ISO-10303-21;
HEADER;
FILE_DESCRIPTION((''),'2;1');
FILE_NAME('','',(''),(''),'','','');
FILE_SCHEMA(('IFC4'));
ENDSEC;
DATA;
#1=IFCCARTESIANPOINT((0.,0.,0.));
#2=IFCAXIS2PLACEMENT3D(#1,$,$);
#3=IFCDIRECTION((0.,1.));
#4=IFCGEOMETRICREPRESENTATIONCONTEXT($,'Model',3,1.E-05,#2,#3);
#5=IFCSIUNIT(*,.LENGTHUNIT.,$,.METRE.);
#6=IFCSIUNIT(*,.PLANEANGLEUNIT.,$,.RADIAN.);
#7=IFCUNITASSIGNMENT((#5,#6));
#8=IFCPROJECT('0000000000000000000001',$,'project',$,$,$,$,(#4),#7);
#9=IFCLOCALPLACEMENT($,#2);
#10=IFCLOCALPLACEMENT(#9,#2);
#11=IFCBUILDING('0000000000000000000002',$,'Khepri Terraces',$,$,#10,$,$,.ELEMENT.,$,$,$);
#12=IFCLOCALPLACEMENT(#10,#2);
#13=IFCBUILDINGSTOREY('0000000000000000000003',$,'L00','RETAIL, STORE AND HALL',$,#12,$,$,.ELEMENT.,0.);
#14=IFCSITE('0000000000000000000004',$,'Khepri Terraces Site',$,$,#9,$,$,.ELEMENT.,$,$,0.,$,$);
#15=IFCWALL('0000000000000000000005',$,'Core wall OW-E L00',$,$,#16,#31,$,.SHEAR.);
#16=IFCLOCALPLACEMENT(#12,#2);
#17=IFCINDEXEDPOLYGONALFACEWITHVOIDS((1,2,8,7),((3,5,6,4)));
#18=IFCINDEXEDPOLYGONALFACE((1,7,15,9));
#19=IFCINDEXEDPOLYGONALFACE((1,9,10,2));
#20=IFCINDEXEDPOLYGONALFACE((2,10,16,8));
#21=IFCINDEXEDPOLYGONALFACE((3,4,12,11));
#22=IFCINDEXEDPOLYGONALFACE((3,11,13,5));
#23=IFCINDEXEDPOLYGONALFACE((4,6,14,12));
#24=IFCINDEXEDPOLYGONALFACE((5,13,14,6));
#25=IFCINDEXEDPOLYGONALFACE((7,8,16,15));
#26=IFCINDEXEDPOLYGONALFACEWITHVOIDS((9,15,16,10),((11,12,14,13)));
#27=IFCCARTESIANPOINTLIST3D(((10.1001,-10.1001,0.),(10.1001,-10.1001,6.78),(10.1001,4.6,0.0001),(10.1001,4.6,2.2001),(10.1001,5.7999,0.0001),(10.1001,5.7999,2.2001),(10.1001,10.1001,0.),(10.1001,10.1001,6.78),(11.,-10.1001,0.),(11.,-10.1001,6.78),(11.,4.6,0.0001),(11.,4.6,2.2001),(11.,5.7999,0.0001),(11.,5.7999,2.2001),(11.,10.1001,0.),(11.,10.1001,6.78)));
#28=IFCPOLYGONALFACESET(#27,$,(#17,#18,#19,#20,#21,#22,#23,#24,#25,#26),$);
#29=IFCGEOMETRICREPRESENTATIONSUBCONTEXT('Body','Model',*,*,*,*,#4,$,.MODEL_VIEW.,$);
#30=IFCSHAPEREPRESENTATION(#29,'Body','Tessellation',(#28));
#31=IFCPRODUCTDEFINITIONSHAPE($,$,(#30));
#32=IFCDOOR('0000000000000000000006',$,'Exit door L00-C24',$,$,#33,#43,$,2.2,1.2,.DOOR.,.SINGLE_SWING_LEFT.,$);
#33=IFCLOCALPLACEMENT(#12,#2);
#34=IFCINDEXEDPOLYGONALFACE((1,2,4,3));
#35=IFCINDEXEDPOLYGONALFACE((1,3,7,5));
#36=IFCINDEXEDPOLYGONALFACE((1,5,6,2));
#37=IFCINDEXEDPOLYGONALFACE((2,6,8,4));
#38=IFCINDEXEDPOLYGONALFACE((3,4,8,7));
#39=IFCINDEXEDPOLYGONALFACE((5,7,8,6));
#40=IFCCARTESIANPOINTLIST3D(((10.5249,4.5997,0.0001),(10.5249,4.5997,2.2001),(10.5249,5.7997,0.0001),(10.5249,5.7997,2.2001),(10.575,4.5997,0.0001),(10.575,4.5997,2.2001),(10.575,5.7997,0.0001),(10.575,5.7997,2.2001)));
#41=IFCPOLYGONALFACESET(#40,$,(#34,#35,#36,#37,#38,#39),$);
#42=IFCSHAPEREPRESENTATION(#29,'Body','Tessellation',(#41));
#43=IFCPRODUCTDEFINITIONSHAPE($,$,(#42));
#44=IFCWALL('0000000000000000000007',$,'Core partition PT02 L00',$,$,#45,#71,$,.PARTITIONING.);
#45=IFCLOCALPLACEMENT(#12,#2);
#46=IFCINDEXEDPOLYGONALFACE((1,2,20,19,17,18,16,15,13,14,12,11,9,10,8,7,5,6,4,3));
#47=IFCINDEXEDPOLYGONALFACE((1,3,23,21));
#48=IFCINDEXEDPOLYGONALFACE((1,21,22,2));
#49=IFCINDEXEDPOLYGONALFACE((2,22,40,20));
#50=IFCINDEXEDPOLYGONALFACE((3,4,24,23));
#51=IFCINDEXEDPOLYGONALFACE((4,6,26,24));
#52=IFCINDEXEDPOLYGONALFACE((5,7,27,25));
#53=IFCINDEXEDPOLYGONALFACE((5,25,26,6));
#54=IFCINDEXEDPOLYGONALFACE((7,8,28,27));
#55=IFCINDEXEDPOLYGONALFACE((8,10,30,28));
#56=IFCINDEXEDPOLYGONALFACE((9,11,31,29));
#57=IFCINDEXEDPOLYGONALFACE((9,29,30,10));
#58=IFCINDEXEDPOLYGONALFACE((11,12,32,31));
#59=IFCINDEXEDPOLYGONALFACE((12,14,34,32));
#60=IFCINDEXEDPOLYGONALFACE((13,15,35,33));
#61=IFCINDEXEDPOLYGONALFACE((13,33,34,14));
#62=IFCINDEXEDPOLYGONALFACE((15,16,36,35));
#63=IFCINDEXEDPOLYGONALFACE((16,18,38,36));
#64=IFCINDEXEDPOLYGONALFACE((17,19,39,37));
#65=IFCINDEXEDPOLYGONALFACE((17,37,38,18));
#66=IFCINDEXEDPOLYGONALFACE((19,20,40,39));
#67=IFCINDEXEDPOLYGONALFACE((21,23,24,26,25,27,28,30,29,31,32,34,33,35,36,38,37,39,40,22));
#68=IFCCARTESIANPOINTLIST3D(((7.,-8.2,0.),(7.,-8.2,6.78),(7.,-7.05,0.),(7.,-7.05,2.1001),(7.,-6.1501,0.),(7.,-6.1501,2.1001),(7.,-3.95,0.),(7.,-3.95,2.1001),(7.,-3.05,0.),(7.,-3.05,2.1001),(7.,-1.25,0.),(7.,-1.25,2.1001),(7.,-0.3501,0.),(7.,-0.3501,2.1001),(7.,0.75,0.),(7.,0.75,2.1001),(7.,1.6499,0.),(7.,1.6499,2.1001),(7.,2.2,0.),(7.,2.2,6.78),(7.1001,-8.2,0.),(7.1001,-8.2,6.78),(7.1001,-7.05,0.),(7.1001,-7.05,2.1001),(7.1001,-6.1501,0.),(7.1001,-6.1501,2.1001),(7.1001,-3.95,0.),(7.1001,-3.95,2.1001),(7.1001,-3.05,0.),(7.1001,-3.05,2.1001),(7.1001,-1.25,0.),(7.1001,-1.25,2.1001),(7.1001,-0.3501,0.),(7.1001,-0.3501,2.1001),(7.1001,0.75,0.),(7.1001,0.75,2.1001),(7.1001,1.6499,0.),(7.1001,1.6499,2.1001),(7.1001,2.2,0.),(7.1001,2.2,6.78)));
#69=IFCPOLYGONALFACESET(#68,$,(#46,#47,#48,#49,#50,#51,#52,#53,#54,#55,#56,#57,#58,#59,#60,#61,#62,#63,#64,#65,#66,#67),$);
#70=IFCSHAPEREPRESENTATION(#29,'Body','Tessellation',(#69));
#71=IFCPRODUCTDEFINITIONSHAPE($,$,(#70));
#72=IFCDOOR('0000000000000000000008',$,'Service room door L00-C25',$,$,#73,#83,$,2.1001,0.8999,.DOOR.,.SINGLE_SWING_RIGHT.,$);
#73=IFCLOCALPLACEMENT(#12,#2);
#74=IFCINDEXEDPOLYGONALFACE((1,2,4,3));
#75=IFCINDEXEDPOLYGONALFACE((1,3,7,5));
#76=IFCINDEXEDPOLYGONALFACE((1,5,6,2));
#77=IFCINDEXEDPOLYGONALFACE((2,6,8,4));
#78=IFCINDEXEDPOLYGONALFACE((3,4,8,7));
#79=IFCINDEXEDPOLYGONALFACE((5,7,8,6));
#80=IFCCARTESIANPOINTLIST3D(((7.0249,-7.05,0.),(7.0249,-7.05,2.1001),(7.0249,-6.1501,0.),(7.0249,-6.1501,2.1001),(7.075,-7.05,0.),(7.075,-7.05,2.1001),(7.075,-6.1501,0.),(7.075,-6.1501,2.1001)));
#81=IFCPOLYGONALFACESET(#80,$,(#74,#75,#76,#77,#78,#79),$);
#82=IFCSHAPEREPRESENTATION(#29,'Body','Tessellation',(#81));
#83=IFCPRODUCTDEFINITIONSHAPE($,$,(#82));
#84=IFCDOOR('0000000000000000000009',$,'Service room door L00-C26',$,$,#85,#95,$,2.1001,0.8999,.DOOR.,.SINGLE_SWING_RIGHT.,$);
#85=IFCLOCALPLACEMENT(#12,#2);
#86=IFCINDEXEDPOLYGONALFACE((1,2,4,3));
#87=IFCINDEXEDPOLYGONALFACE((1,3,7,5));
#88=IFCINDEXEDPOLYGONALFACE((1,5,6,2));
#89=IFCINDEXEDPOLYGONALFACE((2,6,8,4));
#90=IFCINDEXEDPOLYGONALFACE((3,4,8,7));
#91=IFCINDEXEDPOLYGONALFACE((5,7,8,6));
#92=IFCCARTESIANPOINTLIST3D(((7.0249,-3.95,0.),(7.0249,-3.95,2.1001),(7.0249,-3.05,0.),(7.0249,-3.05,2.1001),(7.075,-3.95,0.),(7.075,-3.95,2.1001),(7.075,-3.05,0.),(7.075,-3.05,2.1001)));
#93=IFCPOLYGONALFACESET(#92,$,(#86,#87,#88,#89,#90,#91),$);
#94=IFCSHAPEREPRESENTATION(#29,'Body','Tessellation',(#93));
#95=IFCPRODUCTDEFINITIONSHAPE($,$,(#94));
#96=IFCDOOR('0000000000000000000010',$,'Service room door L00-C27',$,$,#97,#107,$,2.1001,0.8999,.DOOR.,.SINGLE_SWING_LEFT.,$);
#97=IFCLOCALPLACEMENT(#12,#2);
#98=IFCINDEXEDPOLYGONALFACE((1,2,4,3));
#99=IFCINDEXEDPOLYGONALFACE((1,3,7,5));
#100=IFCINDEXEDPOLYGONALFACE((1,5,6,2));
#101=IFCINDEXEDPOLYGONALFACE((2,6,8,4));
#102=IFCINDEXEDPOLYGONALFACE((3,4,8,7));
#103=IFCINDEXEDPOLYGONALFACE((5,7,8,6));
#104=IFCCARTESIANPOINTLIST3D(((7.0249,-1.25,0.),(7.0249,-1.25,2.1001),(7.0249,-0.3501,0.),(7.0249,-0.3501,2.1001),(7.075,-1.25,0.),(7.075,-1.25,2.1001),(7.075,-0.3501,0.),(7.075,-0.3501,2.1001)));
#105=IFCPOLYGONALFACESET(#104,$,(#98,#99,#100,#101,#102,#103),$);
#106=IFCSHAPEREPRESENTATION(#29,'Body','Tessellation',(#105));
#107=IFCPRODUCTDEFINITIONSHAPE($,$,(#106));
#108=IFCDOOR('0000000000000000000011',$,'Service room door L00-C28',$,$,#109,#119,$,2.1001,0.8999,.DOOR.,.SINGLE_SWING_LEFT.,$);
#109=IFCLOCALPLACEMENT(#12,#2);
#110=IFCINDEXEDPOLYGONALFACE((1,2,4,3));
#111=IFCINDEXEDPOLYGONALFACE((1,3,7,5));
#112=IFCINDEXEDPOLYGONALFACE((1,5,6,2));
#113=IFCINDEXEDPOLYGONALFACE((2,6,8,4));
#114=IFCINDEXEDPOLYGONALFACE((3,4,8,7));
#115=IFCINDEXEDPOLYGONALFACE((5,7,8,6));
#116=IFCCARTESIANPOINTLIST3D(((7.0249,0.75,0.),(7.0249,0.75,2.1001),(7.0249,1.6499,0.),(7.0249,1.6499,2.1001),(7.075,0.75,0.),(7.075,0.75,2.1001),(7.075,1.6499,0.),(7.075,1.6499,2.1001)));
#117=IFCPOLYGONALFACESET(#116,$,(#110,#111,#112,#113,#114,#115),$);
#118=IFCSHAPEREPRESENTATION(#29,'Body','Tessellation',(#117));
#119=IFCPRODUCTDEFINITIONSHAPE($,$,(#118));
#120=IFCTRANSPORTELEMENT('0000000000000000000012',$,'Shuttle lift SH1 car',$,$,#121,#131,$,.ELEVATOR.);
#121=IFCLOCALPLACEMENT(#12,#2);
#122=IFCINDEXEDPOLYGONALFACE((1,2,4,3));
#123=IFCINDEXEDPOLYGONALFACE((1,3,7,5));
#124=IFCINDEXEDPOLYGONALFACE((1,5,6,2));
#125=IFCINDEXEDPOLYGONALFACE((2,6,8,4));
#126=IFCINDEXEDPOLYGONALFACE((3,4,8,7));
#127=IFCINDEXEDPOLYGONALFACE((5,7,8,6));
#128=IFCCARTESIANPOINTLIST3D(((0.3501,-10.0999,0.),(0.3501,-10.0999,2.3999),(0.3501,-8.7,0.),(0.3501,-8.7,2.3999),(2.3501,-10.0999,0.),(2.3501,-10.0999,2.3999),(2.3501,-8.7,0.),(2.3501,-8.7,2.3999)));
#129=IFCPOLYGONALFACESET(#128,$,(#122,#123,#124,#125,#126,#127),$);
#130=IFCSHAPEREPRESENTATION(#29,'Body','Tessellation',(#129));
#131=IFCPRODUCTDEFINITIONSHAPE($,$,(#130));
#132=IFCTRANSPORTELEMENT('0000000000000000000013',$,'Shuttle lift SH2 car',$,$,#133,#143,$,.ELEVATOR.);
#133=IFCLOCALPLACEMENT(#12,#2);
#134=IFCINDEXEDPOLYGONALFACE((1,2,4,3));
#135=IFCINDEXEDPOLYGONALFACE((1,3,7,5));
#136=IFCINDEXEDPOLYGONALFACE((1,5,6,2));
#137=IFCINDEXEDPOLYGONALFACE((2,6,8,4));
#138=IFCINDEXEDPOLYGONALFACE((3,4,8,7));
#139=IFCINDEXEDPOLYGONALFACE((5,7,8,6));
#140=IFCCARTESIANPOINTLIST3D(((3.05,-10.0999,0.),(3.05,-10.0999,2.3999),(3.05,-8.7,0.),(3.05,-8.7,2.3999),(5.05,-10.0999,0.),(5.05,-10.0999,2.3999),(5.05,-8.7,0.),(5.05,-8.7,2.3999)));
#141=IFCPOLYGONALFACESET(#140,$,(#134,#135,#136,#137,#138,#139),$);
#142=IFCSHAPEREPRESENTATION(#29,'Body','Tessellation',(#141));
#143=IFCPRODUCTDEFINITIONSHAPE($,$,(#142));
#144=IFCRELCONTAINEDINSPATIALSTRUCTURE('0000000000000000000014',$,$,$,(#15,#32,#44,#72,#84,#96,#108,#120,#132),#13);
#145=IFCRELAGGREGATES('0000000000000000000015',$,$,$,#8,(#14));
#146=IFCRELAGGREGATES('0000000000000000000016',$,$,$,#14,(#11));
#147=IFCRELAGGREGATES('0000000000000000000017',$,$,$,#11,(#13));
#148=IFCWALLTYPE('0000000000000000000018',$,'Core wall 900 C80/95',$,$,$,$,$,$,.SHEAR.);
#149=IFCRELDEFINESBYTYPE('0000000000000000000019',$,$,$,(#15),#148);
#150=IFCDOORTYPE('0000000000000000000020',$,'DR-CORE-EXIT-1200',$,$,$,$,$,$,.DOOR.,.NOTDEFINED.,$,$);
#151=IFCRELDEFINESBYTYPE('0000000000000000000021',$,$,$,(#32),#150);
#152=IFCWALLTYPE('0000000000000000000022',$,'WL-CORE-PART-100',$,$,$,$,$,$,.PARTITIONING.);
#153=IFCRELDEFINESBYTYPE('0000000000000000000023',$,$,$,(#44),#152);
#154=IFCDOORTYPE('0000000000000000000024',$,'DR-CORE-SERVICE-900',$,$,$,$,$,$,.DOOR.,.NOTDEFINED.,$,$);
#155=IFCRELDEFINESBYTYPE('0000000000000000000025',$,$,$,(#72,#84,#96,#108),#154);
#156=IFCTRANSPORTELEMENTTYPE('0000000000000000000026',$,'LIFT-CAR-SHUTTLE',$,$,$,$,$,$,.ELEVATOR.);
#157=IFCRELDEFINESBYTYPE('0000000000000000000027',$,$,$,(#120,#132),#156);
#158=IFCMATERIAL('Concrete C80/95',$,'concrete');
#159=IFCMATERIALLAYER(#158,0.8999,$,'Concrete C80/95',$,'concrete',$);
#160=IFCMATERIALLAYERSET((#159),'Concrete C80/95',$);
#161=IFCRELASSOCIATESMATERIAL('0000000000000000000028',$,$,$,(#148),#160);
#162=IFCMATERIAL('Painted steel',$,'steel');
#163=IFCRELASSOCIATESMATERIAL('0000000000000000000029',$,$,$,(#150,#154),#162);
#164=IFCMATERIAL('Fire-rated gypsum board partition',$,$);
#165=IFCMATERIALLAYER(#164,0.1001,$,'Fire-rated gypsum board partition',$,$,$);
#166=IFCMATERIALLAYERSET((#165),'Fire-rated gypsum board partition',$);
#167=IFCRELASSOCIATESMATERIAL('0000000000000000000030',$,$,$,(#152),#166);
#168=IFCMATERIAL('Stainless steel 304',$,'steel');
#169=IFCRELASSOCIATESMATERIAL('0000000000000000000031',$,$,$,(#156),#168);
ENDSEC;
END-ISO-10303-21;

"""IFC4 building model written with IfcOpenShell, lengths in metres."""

from ifc_helpers import new_model, si_unit, direction, frame, frame_2d, origin, origin_2d, place, context, subcontext, project, spatial, rectangle, extrude, material, layer, layer_set, type_object, element, fill, save


model = new_model("IFC4")

# Units and contexts
model_context = context("Model", 3, precision=1e-05, world=origin(), true_north=direction((0.0, 1.0)))
body_context = subcontext(model_context, "Body", "Model", "MODEL_VIEW")
ifc_project = project(units=[si_unit("LENGTHUNIT", "METRE"), si_unit("PLANEANGLEUNIT", "RADIAN")], contexts=[model_context])

# Site, building, storey
site_placement = place(None, origin())
site = spatial("IfcSite", under=ifc_project, at=site_placement, Name="Khepri Terraces Site", CompositionType="ELEMENT", RefElevation=0.0)
building_placement = place(site_placement, origin())
building = spatial("IfcBuilding", under=site, at=building_placement, Name="Khepri Terraces", CompositionType="ELEMENT")
storey_placement = place(building_placement, origin())
storey = spatial("IfcBuildingStorey", under=building, at=storey_placement, Name="L00", Description="RETAIL, STORE AND HALL", CompositionType="ELEMENT", Elevation=0.0)

# Shared definitions
ifc_material_1 = material(Name="Concrete C80/95", Category="concrete")

# Wall, opening, door
ifc_layer_1 = layer(ifc_material_1, 0.8999, Name="Concrete C80/95", Category="concrete")
ifc_layer_set_1 = layer_set([ifc_layer_1], Name="Concrete C80/95")
wall_type_1 = type_object("IfcWallType", Name="Core wall 900 C80/95", PredefinedType="SHEAR", material=ifc_layer_set_1)
wall_1_placement = place(storey_placement, frame((10.55, -10.1001, 0.0), z_axis=(0.0, 0.0, 1.0), x_axis=(0.0, 1.0, 0.0)))
wall_1 = element("IfcWall", 1, at=wall_1_placement, inside=storey, type_object=wall_type_1, Name="Core wall OW-E L00", PredefinedType="SHEAR", context=body_context, shape_type="SweptSolid", body=[
    extrude(rectangle(XDim=20.2002, YDim=0.8999, at=frame_2d((10.1001, 0.0))), origin(), (0.0, 0.0, 1.0), 6.78),
])
opening_1_placement = place(wall_1_placement, frame((14.7, 0.0, 0.0)))
opening_1 = element("IfcOpeningElement", 2, at=opening_1_placement, cuts=wall_1, PredefinedType="OPENING", context=body_context, shape_type="SweptSolid", body=[
    extrude(rectangle(XDim=1.2, YDim=2.2, at=frame_2d((0.6001, 1.1001))), frame((0.0, 0.46, 0.0), z_axis=(0.0, -1.0, 0.0), x_axis=(1.0, 0.0, 0.0)), (0.0, 0.0, 1.0), 0.9199),
])
ifc_material_2 = material(Name="Painted steel", Category="steel")
door_type_1 = type_object("IfcDoorType", Name="DR-CORE-EXIT-1200", OperationType="NOTDEFINED", PredefinedType="DOOR", material=ifc_material_2)
door_1_placement = place(opening_1_placement, frame((1.2, 0.0, 0.0), z_axis=(0.0, 0.0, 1.0), x_axis=(-1.0, 0.0, 0.0)))
door_1 = element("IfcDoor", 3, at=door_1_placement, inside=storey, type_object=door_type_1, Name="Exit door L00-C24", OperationType="SINGLE_SWING_LEFT", OverallHeight=2.2, OverallWidth=1.2, PredefinedType="DOOR", context=body_context, shape_type="SweptSolid", body=[
    extrude(rectangle(XDim=1.2, YDim=2.2, at=frame_2d((0.6001, 1.1001))), frame((0.0, 0.0249, 0.0), z_axis=(0.0, -1.0, 0.0), x_axis=(1.0, 0.0, 0.0)), (0.0, 0.0, 1.0), 0.05),
])
fill(opening_1, door_1)

# Wall, openings, doors
ifc_material_3 = material(Name="Fire-rated gypsum board partition")
ifc_layer_2 = layer(ifc_material_3, 0.1001, Name="Fire-rated gypsum board partition")
ifc_layer_set_2 = layer_set([ifc_layer_2], Name="Fire-rated gypsum board partition")
wall_type_2 = type_object("IfcWallType", Name="WL-CORE-PART-100", PredefinedType="PARTITIONING", material=ifc_layer_set_2)
wall_2_placement = place(storey_placement, frame((7.05, -8.2, 0.0), z_axis=(0.0, 0.0, 1.0), x_axis=(0.0, 1.0, 0.0)))
wall_2 = element("IfcWall", 4, at=wall_2_placement, inside=storey, type_object=wall_type_2, Name="Core partition PT02 L00", PredefinedType="PARTITIONING", context=body_context, shape_type="SweptSolid", body=[
    extrude(rectangle(XDim=10.3999, YDim=0.1001, at=frame_2d((5.2, 0.0))), origin(), (0.0, 0.0, 1.0), 6.78),
])
opening_2_placement = place(wall_2_placement, frame((1.1499, 0.0, 0.0)))
opening_2 = element("IfcOpeningElement", 5, at=opening_2_placement, cuts=wall_2, PredefinedType="OPENING", context=body_context, shape_type="SweptSolid", body=[
    extrude(rectangle(XDim=0.8999, YDim=2.1001, at=frame_2d((0.45, 1.05))), frame((0.0, 0.0601, 0.0), z_axis=(0.0, -1.0, 0.0), x_axis=(1.0, 0.0, 0.0)), (0.0, 0.0, 1.0), 0.1201),
])
opening_3_placement = place(wall_2_placement, frame((4.25, 0.0, 0.0)))
opening_3 = element("IfcOpeningElement", 6, at=opening_3_placement, cuts=wall_2, PredefinedType="OPENING", context=body_context, shape_type="SweptSolid", body=[
    extrude(rectangle(XDim=0.8999, YDim=2.1001, at=frame_2d((0.45, 1.05))), frame((0.0, 0.0601, 0.0), z_axis=(0.0, -1.0, 0.0), x_axis=(1.0, 0.0, 0.0)), (0.0, 0.0, 1.0), 0.1201),
])
opening_4_placement = place(wall_2_placement, frame((6.95, 0.0, 0.0)))
opening_4 = element("IfcOpeningElement", 7, at=opening_4_placement, cuts=wall_2, PredefinedType="OPENING", context=body_context, shape_type="SweptSolid", body=[
    extrude(rectangle(XDim=0.8999, YDim=2.1001, at=frame_2d((0.45, 1.05))), frame((0.0, 0.0601, 0.0), z_axis=(0.0, -1.0, 0.0), x_axis=(1.0, 0.0, 0.0)), (0.0, 0.0, 1.0), 0.1201),
])
opening_5_placement = place(wall_2_placement, frame((8.95, 0.0, 0.0)))
opening_5 = element("IfcOpeningElement", 8, at=opening_5_placement, cuts=wall_2, PredefinedType="OPENING", context=body_context, shape_type="SweptSolid", body=[
    extrude(rectangle(XDim=0.8999, YDim=2.1001, at=frame_2d((0.45, 1.05))), frame((0.0, 0.0601, 0.0), z_axis=(0.0, -1.0, 0.0), x_axis=(1.0, 0.0, 0.0)), (0.0, 0.0, 1.0), 0.1201),
])
door_type_2 = type_object("IfcDoorType", Name="DR-CORE-SERVICE-900", OperationType="NOTDEFINED", PredefinedType="DOOR", material=ifc_material_2)
door_2_placement = place(opening_2_placement, frame((0.8999, 0.0, 0.0), z_axis=(0.0, 0.0, 1.0), x_axis=(-1.0, 0.0, 0.0)))
door_2 = element("IfcDoor", 9, at=door_2_placement, inside=storey, type_object=door_type_2, Name="Service room door L00-C25", OperationType="SINGLE_SWING_RIGHT", OverallHeight=2.1001, OverallWidth=0.8999, PredefinedType="DOOR", context=body_context, shape_type="SweptSolid", body=[
    extrude(rectangle(XDim=0.8999, YDim=2.1001, at=frame_2d((0.45, 1.05))), frame((0.0, 0.0249, 0.0), z_axis=(0.0, -1.0, 0.0), x_axis=(1.0, 0.0, 0.0)), (0.0, 0.0, 1.0), 0.05),
])
fill(opening_2, door_2)
door_3_placement = place(opening_3_placement, frame((0.8999, 0.0, 0.0), z_axis=(0.0, 0.0, 1.0), x_axis=(-1.0, 0.0, 0.0)))
door_3 = element("IfcDoor", 10, at=door_3_placement, inside=storey, type_object=door_type_2, Name="Service room door L00-C26", OperationType="SINGLE_SWING_RIGHT", OverallHeight=2.1001, OverallWidth=0.8999, PredefinedType="DOOR", context=body_context, shape_type="SweptSolid", body=[
    extrude(rectangle(XDim=0.8999, YDim=2.1001, at=frame_2d((0.45, 1.05))), frame((0.0, 0.0249, 0.0), z_axis=(0.0, -1.0, 0.0), x_axis=(1.0, 0.0, 0.0)), (0.0, 0.0, 1.0), 0.05),
])
fill(opening_3, door_3)
door_4_placement = place(opening_4_placement, frame((0.8999, 0.0, 0.0), z_axis=(0.0, 0.0, 1.0), x_axis=(-1.0, 0.0, 0.0)))
door_4 = element("IfcDoor", 11, at=door_4_placement, inside=storey, type_object=door_type_2, Name="Service room door L00-C27", OperationType="SINGLE_SWING_LEFT", OverallHeight=2.1001, OverallWidth=0.8999, PredefinedType="DOOR", context=body_context, shape_type="SweptSolid", body=[
    extrude(rectangle(XDim=0.8999, YDim=2.1001, at=frame_2d((0.45, 1.05))), frame((0.0, 0.0249, 0.0), z_axis=(0.0, -1.0, 0.0), x_axis=(1.0, 0.0, 0.0)), (0.0, 0.0, 1.0), 0.05),
])
fill(opening_4, door_4)
door_5_placement = place(opening_5_placement, frame((0.8999, 0.0, 0.0), z_axis=(0.0, 0.0, 1.0), x_axis=(-1.0, 0.0, 0.0)))
door_5 = element("IfcDoor", 12, at=door_5_placement, inside=storey, type_object=door_type_2, Name="Service room door L00-C28", OperationType="SINGLE_SWING_LEFT", OverallHeight=2.1001, OverallWidth=0.8999, PredefinedType="DOOR", context=body_context, shape_type="SweptSolid", body=[
    extrude(rectangle(XDim=0.8999, YDim=2.1001, at=frame_2d((0.45, 1.05))), frame((0.0, 0.0249, 0.0), z_axis=(0.0, -1.0, 0.0), x_axis=(1.0, 0.0, 0.0)), (0.0, 0.0, 1.0), 0.05),
])
fill(opening_5, door_5)

# Transport elements
ifc_material_4 = material(Name="Stainless steel 304", Category="steel")
transport_element_type = type_object("IfcTransportElementType", Name="LIFT-CAR-SHUTTLE", PredefinedType="ELEVATOR", material=ifc_material_4)
for number, where, z_axis, x_axis, name in (
    (13, (1.3501, -9.3999, 0.0), (0.0, 0.0, 1.0), (1.0, 0.0, 0.0), "Shuttle lift SH1 car"),
    (14, (4.05, -9.3999, 0.0), (0.0, 0.0, 1.0), (1.0, 0.0, 0.0), "Shuttle lift SH2 car"),
):
    element("IfcTransportElement", number, at=place(storey_placement, frame(where, z_axis=z_axis, x_axis=x_axis)), inside=storey, type_object=transport_element_type, Name=name, PredefinedType="ELEVATOR", context=body_context, shape_type="SweptSolid", body=[
        extrude(rectangle(XDim=2.0, YDim=1.3999, at=origin_2d()), origin(), (0.0, 0.0, 1.0), 2.3999),
    ])

save(model, "model.ifc")
